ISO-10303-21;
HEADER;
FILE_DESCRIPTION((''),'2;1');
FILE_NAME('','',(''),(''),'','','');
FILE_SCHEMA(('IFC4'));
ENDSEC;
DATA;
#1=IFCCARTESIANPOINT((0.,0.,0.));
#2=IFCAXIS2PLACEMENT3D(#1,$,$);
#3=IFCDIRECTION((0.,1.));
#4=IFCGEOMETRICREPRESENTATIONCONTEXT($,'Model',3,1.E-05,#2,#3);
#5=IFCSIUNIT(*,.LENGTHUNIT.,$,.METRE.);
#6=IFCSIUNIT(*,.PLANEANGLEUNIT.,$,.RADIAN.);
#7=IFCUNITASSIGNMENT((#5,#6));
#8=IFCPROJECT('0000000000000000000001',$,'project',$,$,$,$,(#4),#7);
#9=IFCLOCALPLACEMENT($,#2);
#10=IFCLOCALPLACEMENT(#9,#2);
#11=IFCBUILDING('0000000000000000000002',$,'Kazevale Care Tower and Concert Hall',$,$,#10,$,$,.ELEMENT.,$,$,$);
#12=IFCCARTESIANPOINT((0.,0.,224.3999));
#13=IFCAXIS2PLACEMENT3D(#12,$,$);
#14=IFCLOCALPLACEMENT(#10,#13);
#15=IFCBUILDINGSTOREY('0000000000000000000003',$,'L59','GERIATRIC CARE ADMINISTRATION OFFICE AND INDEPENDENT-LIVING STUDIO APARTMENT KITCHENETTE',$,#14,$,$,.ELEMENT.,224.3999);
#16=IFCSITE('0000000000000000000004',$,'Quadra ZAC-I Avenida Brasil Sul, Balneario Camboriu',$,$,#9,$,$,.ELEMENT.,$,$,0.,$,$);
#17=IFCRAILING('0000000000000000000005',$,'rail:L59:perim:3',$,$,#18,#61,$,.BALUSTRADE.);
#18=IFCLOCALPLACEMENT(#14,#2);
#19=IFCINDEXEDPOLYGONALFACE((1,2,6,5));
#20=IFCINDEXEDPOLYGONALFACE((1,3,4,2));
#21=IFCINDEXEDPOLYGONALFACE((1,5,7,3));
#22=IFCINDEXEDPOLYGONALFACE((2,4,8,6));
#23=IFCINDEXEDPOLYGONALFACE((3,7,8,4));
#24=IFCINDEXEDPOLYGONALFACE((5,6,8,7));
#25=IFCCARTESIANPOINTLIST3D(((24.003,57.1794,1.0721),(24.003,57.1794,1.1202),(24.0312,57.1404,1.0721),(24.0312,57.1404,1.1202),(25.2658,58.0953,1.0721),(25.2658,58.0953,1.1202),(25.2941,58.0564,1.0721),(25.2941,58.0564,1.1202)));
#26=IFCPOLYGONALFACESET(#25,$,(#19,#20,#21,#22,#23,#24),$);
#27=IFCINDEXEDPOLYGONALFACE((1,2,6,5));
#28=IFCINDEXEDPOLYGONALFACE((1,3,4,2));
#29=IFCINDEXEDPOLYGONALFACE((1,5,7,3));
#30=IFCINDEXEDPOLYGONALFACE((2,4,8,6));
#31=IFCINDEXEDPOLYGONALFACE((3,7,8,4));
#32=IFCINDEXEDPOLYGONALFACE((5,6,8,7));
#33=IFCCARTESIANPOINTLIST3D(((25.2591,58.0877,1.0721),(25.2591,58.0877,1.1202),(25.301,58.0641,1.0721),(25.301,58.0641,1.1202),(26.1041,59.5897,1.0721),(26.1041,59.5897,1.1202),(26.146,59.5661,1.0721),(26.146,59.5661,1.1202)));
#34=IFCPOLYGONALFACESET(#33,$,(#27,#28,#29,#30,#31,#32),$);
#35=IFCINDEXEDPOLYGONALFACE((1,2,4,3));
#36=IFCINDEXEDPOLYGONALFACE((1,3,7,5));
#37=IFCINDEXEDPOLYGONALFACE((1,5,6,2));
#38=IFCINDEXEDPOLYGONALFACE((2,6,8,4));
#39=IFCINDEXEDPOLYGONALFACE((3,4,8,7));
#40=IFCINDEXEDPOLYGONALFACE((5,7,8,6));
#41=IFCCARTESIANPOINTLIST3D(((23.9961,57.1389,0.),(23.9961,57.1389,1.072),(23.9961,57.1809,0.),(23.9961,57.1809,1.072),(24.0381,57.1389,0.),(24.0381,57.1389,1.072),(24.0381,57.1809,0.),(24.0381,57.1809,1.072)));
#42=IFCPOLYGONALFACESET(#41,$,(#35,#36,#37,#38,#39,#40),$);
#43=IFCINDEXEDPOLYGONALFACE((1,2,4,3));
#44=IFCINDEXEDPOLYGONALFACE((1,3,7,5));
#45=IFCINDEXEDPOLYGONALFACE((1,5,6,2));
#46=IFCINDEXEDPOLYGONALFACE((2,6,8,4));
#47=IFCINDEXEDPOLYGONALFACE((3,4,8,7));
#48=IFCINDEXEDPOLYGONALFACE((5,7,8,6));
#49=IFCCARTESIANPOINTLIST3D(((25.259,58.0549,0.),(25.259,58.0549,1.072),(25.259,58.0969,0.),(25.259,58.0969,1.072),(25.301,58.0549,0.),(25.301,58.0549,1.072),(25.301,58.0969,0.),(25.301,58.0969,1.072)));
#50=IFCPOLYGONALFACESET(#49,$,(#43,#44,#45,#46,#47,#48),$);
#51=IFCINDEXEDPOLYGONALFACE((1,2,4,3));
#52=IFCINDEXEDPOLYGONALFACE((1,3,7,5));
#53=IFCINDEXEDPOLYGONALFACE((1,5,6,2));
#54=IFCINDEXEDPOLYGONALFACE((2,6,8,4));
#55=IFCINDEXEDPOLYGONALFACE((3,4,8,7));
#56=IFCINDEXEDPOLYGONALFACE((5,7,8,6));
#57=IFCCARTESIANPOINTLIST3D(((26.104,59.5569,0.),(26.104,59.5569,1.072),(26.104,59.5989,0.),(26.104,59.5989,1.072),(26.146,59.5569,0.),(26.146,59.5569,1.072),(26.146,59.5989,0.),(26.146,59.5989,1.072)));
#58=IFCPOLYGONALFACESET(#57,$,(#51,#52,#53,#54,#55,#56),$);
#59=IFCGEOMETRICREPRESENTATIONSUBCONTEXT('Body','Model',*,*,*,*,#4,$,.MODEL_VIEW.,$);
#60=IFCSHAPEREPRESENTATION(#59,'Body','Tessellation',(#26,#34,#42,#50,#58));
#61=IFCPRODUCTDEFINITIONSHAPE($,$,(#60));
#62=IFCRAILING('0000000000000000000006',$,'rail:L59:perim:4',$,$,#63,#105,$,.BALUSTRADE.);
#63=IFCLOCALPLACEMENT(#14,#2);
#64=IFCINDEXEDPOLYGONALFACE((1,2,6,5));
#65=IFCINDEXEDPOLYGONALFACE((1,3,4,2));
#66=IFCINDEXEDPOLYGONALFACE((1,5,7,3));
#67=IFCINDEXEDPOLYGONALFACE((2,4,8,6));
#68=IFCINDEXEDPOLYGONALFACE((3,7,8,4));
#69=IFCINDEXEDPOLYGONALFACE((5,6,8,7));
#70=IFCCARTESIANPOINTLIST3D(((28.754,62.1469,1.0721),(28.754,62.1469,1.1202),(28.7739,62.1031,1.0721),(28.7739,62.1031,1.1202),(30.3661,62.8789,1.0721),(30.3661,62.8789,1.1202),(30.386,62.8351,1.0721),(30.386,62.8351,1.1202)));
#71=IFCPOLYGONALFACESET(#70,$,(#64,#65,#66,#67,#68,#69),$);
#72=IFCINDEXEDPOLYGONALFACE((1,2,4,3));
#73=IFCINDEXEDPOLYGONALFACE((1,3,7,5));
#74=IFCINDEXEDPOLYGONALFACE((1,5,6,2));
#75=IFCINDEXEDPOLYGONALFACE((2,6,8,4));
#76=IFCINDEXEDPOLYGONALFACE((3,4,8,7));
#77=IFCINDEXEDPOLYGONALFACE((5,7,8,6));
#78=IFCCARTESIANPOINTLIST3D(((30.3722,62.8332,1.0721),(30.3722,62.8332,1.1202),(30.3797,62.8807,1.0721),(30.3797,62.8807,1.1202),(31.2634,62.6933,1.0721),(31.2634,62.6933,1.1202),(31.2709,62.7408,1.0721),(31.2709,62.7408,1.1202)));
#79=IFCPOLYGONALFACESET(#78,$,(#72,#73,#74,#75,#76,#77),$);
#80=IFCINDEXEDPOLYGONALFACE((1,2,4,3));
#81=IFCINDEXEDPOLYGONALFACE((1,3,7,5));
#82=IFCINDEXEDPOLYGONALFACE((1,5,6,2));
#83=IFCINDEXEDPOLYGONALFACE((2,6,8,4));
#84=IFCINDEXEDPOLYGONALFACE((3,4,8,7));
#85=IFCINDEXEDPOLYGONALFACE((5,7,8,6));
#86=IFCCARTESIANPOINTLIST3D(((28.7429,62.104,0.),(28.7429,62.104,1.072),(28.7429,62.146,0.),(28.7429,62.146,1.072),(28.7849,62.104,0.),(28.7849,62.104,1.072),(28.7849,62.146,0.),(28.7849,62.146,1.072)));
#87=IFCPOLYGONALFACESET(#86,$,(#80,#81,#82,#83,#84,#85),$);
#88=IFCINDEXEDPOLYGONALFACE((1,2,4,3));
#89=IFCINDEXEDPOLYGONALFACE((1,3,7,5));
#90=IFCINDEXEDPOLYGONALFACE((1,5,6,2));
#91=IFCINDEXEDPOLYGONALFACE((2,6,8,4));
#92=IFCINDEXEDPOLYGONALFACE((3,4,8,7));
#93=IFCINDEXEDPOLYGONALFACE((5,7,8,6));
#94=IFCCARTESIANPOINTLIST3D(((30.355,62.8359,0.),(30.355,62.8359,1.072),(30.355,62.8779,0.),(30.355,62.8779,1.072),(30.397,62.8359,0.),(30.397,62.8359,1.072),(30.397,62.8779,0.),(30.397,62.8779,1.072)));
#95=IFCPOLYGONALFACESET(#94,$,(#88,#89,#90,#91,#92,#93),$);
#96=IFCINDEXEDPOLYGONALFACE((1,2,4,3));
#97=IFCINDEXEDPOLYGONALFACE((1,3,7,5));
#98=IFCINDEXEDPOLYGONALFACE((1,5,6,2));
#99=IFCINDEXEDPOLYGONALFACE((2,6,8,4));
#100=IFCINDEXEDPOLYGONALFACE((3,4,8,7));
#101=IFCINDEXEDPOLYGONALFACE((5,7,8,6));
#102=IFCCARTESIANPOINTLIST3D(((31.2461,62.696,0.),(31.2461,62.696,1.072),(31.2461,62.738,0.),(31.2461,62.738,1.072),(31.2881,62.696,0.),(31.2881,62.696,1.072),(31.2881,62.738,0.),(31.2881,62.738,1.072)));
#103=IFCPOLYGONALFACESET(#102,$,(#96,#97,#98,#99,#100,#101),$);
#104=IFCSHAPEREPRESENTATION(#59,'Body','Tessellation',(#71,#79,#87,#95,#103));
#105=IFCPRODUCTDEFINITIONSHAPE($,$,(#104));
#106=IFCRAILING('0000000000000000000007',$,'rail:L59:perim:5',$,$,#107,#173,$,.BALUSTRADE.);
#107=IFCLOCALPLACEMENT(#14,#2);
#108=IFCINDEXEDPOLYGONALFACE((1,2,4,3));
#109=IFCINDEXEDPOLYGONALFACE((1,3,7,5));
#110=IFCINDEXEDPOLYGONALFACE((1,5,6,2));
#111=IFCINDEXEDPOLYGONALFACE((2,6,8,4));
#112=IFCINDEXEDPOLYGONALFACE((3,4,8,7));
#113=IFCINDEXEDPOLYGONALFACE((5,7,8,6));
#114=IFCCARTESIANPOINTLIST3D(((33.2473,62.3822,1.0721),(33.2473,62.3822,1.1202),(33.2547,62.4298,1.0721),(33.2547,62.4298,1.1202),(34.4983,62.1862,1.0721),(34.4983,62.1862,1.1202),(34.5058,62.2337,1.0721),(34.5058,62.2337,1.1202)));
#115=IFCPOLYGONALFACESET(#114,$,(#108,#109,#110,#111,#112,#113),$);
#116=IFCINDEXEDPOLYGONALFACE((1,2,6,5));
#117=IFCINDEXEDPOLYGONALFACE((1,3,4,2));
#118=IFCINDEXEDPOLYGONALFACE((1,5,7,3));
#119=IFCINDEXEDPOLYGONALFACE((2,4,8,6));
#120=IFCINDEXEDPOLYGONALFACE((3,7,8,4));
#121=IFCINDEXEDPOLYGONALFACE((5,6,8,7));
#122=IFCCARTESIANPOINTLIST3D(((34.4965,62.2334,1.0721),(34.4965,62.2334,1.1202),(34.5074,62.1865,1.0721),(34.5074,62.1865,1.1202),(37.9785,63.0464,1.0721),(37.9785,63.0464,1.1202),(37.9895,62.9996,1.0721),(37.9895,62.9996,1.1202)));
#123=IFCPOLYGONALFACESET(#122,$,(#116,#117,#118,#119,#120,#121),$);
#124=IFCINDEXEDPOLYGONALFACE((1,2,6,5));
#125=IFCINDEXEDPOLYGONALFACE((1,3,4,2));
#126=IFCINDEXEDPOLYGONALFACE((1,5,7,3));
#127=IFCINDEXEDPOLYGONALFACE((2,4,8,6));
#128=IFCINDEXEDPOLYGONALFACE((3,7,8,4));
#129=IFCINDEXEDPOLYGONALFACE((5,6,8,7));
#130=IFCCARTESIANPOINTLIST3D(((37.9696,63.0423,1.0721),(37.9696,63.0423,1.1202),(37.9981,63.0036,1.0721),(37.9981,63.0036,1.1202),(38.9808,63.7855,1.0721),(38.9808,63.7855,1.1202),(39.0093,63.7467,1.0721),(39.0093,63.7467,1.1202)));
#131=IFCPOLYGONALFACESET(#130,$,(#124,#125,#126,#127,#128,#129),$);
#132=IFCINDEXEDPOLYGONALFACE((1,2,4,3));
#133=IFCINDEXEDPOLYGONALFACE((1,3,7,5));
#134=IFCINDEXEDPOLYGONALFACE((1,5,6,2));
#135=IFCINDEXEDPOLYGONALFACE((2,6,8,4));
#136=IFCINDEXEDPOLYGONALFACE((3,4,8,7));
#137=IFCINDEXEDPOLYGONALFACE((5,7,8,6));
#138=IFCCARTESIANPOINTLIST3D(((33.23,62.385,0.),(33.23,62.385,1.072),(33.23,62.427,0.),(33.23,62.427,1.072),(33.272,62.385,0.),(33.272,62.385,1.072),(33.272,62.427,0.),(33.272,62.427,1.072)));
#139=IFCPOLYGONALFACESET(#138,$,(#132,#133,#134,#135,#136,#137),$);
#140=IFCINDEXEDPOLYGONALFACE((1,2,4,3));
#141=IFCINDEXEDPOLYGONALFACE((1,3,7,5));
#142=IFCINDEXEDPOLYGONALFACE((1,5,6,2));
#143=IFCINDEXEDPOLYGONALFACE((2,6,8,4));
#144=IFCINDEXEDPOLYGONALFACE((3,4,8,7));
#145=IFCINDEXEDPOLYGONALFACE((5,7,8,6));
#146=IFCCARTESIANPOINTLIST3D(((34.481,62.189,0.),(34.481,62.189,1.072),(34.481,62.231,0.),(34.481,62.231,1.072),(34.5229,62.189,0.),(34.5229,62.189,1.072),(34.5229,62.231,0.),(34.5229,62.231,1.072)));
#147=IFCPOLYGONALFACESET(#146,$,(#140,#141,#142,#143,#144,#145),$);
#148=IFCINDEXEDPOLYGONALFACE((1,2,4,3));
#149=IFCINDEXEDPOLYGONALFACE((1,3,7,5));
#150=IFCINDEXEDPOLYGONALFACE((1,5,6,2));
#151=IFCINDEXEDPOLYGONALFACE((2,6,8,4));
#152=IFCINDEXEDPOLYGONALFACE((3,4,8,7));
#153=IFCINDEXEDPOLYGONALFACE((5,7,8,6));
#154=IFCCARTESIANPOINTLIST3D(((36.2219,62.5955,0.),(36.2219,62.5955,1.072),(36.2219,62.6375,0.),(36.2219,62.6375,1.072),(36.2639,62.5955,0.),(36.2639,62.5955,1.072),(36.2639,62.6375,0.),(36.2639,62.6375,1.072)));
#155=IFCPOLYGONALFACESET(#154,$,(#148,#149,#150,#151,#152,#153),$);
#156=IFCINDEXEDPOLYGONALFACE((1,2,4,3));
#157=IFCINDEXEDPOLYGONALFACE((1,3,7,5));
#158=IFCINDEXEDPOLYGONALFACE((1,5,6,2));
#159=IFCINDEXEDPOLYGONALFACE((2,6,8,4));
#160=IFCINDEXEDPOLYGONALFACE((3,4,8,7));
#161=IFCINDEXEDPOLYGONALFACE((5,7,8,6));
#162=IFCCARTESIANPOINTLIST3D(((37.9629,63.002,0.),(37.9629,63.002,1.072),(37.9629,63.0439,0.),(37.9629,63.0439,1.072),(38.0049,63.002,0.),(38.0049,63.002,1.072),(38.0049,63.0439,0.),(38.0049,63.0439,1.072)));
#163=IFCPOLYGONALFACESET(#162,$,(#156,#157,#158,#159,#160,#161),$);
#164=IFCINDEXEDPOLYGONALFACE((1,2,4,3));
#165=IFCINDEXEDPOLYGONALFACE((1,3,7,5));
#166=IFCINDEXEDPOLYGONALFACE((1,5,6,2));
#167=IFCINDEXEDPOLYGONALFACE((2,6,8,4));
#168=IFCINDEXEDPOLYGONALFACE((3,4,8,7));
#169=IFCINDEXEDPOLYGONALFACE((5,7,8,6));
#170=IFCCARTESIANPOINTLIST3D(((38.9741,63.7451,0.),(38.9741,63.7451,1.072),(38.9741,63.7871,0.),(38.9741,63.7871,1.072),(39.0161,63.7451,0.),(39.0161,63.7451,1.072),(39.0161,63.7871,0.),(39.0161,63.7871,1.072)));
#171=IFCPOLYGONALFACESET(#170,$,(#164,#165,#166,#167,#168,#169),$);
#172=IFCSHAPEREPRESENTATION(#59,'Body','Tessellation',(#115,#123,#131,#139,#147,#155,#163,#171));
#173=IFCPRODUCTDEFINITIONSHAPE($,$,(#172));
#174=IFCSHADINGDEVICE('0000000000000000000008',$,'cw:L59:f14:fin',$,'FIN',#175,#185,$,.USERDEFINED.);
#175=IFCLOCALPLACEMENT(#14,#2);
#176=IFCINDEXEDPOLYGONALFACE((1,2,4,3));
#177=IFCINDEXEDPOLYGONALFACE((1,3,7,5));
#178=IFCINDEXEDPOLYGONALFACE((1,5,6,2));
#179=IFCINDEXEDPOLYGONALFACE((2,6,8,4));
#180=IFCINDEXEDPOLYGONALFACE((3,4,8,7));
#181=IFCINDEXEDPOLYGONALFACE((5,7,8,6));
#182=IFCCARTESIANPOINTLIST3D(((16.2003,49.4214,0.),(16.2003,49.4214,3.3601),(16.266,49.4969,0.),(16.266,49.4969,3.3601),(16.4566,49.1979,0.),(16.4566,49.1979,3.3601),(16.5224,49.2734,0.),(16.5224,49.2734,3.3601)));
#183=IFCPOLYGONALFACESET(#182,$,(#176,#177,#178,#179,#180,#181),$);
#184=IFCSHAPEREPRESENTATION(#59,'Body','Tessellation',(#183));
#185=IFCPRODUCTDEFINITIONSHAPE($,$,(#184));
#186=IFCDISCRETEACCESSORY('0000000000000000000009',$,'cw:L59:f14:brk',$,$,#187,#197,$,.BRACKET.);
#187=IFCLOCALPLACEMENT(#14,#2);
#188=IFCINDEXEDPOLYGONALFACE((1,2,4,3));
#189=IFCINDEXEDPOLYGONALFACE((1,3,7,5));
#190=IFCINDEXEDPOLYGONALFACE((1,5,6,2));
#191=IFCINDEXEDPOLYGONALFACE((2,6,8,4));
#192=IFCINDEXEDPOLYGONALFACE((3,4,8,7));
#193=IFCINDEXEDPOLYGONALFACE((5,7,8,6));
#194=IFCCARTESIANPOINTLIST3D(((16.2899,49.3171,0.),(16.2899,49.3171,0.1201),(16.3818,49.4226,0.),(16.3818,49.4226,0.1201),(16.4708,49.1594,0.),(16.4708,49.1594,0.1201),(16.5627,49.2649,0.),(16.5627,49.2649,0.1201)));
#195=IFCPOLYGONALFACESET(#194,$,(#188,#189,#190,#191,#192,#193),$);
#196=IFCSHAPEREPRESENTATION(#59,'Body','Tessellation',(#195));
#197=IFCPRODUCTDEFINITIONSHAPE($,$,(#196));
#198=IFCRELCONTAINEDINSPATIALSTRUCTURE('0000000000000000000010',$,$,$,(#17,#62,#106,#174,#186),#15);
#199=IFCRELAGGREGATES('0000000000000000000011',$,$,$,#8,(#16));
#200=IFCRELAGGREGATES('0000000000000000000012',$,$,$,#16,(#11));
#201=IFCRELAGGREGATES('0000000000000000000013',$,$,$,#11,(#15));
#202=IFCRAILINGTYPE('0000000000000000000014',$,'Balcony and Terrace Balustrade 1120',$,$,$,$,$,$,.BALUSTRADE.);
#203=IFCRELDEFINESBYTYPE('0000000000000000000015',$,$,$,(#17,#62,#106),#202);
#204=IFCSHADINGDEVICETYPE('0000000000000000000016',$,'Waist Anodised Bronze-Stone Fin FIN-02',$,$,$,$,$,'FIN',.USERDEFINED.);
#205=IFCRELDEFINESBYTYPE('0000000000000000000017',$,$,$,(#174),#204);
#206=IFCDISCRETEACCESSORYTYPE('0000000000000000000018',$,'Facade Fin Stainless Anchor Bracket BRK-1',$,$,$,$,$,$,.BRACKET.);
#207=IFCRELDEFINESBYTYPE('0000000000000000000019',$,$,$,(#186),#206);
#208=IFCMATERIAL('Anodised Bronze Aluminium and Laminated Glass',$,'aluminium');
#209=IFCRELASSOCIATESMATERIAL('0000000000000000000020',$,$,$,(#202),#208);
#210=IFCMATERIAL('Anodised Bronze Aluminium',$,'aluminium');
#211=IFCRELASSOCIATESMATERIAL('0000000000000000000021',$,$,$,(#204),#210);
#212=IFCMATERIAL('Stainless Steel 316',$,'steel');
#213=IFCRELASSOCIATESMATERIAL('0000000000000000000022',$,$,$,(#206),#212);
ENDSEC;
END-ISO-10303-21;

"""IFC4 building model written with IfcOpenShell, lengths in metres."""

from ifc_helpers import new_model, si_unit, direction, frame, origin, origin_2d, place, context, subcontext, project, spatial, rectangle, extrude, material, type_object, element, save


model = new_model("IFC4")

# Units and contexts
model_context = context("Model", 3, precision=1e-05, world=origin(), true_north=direction((0.0, 1.0)))
body_context = subcontext(model_context, "Body", "Model", "MODEL_VIEW")
ifc_project = project(units=[si_unit("LENGTHUNIT", "METRE"), si_unit("PLANEANGLEUNIT", "RADIAN")], contexts=[model_context])

# Site, building, storey
site_placement = place(None, origin())
site = spatial("IfcSite", under=ifc_project, at=site_placement, Name="Quadra ZAC-I Avenida Brasil Sul, Balneario Camboriu", CompositionType="ELEMENT", RefElevation=0.0)
building_placement = place(site_placement, origin())
building = spatial("IfcBuilding", under=site, at=building_placement, Name="Kazevale Care Tower and Concert Hall", CompositionType="ELEMENT")
storey_placement = place(building_placement, frame((0.0, 0.0, 224.3999)))
storey = spatial("IfcBuildingStorey", under=building, at=storey_placement, Name="L59", Description="GERIATRIC CARE ADMINISTRATION OFFICE AND INDEPENDENT-LIVING STUDIO APARTMENT KITCHENETTE", CompositionType="ELEMENT", Elevation=224.3999)

# Railings
ifc_material_1 = material(Name="Anodised Bronze Aluminium and Laminated Glass", Category="aluminium")
railing_type = type_object("IfcRailingType", Name="Balcony and Terrace Balustrade 1120", PredefinedType="BALUSTRADE", material=ifc_material_1)
railing_1_placement = place(storey_placement, frame((24.0171, 57.1599, 0.0)))
element("IfcRailing", 1, at=railing_1_placement, inside=storey, type_object=railing_type, Name="rail:L59:perim:3", PredefinedType="BALUSTRADE", context=body_context, shape_type="SweptSolid", body=[
    extrude(rectangle(XDim=0.0481, YDim=0.0481, at=origin_2d()), frame((0.0, 0.0, 1.0962), z_axis=(0.809493, 0.587129, 0.0), x_axis=(-0.587129, 0.809493, 0.0)), (0.0, 0.0, 1.0), 1.5601),
    extrude(rectangle(XDim=0.0481, YDim=0.0481, at=origin_2d()), frame((1.2629, 0.916, 1.0962), z_axis=(0.490315, 0.871545, 0.0), x_axis=(-0.871545, 0.490315, 0.0)), (0.0, 0.0, 1.0), 1.7234),
    extrude(rectangle(XDim=0.042, YDim=0.042, at=origin_2d()), origin(), (0.0, 0.0, 1.0), 1.072),
    extrude(rectangle(XDim=0.042, YDim=0.042, at=origin_2d()), frame((1.2629, 0.916, 0.0)), (0.0, 0.0, 1.0), 1.072),
    extrude(rectangle(XDim=0.042, YDim=0.042, at=origin_2d()), frame((2.1079, 2.418, 0.0)), (0.0, 0.0, 1.0), 1.072),
])
railing_2_placement = place(storey_placement, frame((28.7639, 62.125, 0.0)))
element("IfcRailing", 2, at=railing_2_placement, inside=storey, type_object=railing_type, Name="rail:L59:perim:4", PredefinedType="BALUSTRADE", context=body_context, shape_type="SweptSolid", body=[
    extrude(rectangle(XDim=0.0481, YDim=0.0481, at=origin_2d()), frame((0.0, 0.0, 1.0962), z_axis=(0.910541, 0.413418, 0.0), x_axis=(-0.413418, 0.910541, 0.0)), (0.0, 0.0, 1.0), 1.7705),
    extrude(rectangle(XDim=0.0481, YDim=0.0481, at=origin_2d()), frame((1.6121, 0.7319, 1.0962), z_axis=(0.987901, -0.155087, 0.0), x_axis=(0.155087, 0.987901, 0.0)), (0.0, 0.0, 1.0), 0.9021),
    extrude(rectangle(XDim=0.042, YDim=0.042, at=origin_2d()), origin(), (0.0, 0.0, 1.0), 1.072),
    extrude(rectangle(XDim=0.042, YDim=0.042, at=origin_2d()), frame((1.6121, 0.7319, 0.0)), (0.0, 0.0, 1.0), 1.072),
    extrude(rectangle(XDim=0.042, YDim=0.042, at=origin_2d()), frame((2.5032, 0.592, 0.0)), (0.0, 0.0, 1.0), 1.072),
])
railing_3_placement = place(storey_placement, frame((33.251, 62.406, 0.0)))
element("IfcRailing", 3, at=railing_3_placement, inside=storey, type_object=railing_type, Name="rail:L59:perim:5", PredefinedType="BALUSTRADE", context=body_context, shape_type="SweptSolid", body=[
    extrude(rectangle(XDim=0.0481, YDim=0.0481, at=origin_2d()), frame((0.0, 0.0, 1.0962), z_axis=(0.987942, -0.154824, 0.0), x_axis=(0.154824, 0.987942, 0.0)), (0.0, 0.0, 1.0), 1.2664),
    extrude(rectangle(XDim=0.0481, YDim=0.0481, at=origin_2d()), frame((1.251, -0.196, 1.0962), z_axis=(0.973808, 0.227372, 0.0), x_axis=(-0.227372, 0.973808, 0.0)), (0.0, 0.0, 1.0), 3.5757),
    extrude(rectangle(XDim=0.0481, YDim=0.0481, at=origin_2d()), frame((4.7329, 0.6169, 1.0962), z_axis=(0.805798, 0.59219, 0.0), x_axis=(-0.59219, 0.805798, 0.0)), (0.0, 0.0, 1.0), 1.2549),
    extrude(rectangle(XDim=0.042, YDim=0.042, at=origin_2d()), origin(), (0.0, 0.0, 1.0), 1.072),
    extrude(rectangle(XDim=0.042, YDim=0.042, at=origin_2d()), frame((1.251, -0.196, 0.0)), (0.0, 0.0, 1.0), 1.072),
    extrude(rectangle(XDim=0.042, YDim=0.042, at=origin_2d()), frame((2.9919, 0.2104, 0.0)), (0.0, 0.0, 1.0), 1.072),
    extrude(rectangle(XDim=0.042, YDim=0.042, at=origin_2d()), frame((4.7329, 0.6169, 0.0)), (0.0, 0.0, 1.0), 1.072),
    extrude(rectangle(XDim=0.042, YDim=0.042, at=origin_2d()), frame((5.7441, 1.3601, 0.0)), (0.0, 0.0, 1.0), 1.072),
])

# Shading device
ifc_material_2 = material(Name="Anodised Bronze Aluminium", Category="aluminium")
shading_device_type = type_object("IfcShadingDeviceType", Name="Waist Anodised Bronze-Stone Fin FIN-02", ElementType="FIN", PredefinedType="USERDEFINED", material=ifc_material_2)
shading_device_placement = place(storey_placement, frame((16.3613, 49.3474, 0.0), z_axis=(0.0, 0.0, 1.0), x_axis=(-0.753793, 0.657112, 0.0)))
element("IfcShadingDevice", 4, at=shading_device_placement, inside=storey, type_object=shading_device_type, Name="cw:L59:f14:fin", ObjectType="FIN", PredefinedType="USERDEFINED", context=body_context, shape_type="SweptSolid", body=[
    extrude(rectangle(XDim=0.3401, YDim=0.1001, at=origin_2d()), origin(), (0.0, 0.0, 1.0), 3.3601),
])

# Discrete accessory
ifc_material_3 = material(Name="Stainless Steel 316", Category="steel")
discrete_accessory_type = type_object("IfcDiscreteAccessoryType", Name="Facade Fin Stainless Anchor Bracket BRK-1", PredefinedType="BRACKET", material=ifc_material_3)
discrete_accessory_placement = place(storey_placement, frame((16.4263, 49.291, 0.0), z_axis=(0.0, 0.0, 1.0), x_axis=(-0.753793, 0.657112, 0.0)))
element("IfcDiscreteAccessory", 5, at=discrete_accessory_placement, inside=storey, type_object=discrete_accessory_type, Name="cw:L59:f14:brk", PredefinedType="BRACKET", context=body_context, shape_type="SweptSolid", body=[
    extrude(rectangle(XDim=0.24, YDim=0.1399, at=origin_2d()), origin(), (0.0, 0.0, 1.0), 0.1201),
])

save(model, "model.ifc")
